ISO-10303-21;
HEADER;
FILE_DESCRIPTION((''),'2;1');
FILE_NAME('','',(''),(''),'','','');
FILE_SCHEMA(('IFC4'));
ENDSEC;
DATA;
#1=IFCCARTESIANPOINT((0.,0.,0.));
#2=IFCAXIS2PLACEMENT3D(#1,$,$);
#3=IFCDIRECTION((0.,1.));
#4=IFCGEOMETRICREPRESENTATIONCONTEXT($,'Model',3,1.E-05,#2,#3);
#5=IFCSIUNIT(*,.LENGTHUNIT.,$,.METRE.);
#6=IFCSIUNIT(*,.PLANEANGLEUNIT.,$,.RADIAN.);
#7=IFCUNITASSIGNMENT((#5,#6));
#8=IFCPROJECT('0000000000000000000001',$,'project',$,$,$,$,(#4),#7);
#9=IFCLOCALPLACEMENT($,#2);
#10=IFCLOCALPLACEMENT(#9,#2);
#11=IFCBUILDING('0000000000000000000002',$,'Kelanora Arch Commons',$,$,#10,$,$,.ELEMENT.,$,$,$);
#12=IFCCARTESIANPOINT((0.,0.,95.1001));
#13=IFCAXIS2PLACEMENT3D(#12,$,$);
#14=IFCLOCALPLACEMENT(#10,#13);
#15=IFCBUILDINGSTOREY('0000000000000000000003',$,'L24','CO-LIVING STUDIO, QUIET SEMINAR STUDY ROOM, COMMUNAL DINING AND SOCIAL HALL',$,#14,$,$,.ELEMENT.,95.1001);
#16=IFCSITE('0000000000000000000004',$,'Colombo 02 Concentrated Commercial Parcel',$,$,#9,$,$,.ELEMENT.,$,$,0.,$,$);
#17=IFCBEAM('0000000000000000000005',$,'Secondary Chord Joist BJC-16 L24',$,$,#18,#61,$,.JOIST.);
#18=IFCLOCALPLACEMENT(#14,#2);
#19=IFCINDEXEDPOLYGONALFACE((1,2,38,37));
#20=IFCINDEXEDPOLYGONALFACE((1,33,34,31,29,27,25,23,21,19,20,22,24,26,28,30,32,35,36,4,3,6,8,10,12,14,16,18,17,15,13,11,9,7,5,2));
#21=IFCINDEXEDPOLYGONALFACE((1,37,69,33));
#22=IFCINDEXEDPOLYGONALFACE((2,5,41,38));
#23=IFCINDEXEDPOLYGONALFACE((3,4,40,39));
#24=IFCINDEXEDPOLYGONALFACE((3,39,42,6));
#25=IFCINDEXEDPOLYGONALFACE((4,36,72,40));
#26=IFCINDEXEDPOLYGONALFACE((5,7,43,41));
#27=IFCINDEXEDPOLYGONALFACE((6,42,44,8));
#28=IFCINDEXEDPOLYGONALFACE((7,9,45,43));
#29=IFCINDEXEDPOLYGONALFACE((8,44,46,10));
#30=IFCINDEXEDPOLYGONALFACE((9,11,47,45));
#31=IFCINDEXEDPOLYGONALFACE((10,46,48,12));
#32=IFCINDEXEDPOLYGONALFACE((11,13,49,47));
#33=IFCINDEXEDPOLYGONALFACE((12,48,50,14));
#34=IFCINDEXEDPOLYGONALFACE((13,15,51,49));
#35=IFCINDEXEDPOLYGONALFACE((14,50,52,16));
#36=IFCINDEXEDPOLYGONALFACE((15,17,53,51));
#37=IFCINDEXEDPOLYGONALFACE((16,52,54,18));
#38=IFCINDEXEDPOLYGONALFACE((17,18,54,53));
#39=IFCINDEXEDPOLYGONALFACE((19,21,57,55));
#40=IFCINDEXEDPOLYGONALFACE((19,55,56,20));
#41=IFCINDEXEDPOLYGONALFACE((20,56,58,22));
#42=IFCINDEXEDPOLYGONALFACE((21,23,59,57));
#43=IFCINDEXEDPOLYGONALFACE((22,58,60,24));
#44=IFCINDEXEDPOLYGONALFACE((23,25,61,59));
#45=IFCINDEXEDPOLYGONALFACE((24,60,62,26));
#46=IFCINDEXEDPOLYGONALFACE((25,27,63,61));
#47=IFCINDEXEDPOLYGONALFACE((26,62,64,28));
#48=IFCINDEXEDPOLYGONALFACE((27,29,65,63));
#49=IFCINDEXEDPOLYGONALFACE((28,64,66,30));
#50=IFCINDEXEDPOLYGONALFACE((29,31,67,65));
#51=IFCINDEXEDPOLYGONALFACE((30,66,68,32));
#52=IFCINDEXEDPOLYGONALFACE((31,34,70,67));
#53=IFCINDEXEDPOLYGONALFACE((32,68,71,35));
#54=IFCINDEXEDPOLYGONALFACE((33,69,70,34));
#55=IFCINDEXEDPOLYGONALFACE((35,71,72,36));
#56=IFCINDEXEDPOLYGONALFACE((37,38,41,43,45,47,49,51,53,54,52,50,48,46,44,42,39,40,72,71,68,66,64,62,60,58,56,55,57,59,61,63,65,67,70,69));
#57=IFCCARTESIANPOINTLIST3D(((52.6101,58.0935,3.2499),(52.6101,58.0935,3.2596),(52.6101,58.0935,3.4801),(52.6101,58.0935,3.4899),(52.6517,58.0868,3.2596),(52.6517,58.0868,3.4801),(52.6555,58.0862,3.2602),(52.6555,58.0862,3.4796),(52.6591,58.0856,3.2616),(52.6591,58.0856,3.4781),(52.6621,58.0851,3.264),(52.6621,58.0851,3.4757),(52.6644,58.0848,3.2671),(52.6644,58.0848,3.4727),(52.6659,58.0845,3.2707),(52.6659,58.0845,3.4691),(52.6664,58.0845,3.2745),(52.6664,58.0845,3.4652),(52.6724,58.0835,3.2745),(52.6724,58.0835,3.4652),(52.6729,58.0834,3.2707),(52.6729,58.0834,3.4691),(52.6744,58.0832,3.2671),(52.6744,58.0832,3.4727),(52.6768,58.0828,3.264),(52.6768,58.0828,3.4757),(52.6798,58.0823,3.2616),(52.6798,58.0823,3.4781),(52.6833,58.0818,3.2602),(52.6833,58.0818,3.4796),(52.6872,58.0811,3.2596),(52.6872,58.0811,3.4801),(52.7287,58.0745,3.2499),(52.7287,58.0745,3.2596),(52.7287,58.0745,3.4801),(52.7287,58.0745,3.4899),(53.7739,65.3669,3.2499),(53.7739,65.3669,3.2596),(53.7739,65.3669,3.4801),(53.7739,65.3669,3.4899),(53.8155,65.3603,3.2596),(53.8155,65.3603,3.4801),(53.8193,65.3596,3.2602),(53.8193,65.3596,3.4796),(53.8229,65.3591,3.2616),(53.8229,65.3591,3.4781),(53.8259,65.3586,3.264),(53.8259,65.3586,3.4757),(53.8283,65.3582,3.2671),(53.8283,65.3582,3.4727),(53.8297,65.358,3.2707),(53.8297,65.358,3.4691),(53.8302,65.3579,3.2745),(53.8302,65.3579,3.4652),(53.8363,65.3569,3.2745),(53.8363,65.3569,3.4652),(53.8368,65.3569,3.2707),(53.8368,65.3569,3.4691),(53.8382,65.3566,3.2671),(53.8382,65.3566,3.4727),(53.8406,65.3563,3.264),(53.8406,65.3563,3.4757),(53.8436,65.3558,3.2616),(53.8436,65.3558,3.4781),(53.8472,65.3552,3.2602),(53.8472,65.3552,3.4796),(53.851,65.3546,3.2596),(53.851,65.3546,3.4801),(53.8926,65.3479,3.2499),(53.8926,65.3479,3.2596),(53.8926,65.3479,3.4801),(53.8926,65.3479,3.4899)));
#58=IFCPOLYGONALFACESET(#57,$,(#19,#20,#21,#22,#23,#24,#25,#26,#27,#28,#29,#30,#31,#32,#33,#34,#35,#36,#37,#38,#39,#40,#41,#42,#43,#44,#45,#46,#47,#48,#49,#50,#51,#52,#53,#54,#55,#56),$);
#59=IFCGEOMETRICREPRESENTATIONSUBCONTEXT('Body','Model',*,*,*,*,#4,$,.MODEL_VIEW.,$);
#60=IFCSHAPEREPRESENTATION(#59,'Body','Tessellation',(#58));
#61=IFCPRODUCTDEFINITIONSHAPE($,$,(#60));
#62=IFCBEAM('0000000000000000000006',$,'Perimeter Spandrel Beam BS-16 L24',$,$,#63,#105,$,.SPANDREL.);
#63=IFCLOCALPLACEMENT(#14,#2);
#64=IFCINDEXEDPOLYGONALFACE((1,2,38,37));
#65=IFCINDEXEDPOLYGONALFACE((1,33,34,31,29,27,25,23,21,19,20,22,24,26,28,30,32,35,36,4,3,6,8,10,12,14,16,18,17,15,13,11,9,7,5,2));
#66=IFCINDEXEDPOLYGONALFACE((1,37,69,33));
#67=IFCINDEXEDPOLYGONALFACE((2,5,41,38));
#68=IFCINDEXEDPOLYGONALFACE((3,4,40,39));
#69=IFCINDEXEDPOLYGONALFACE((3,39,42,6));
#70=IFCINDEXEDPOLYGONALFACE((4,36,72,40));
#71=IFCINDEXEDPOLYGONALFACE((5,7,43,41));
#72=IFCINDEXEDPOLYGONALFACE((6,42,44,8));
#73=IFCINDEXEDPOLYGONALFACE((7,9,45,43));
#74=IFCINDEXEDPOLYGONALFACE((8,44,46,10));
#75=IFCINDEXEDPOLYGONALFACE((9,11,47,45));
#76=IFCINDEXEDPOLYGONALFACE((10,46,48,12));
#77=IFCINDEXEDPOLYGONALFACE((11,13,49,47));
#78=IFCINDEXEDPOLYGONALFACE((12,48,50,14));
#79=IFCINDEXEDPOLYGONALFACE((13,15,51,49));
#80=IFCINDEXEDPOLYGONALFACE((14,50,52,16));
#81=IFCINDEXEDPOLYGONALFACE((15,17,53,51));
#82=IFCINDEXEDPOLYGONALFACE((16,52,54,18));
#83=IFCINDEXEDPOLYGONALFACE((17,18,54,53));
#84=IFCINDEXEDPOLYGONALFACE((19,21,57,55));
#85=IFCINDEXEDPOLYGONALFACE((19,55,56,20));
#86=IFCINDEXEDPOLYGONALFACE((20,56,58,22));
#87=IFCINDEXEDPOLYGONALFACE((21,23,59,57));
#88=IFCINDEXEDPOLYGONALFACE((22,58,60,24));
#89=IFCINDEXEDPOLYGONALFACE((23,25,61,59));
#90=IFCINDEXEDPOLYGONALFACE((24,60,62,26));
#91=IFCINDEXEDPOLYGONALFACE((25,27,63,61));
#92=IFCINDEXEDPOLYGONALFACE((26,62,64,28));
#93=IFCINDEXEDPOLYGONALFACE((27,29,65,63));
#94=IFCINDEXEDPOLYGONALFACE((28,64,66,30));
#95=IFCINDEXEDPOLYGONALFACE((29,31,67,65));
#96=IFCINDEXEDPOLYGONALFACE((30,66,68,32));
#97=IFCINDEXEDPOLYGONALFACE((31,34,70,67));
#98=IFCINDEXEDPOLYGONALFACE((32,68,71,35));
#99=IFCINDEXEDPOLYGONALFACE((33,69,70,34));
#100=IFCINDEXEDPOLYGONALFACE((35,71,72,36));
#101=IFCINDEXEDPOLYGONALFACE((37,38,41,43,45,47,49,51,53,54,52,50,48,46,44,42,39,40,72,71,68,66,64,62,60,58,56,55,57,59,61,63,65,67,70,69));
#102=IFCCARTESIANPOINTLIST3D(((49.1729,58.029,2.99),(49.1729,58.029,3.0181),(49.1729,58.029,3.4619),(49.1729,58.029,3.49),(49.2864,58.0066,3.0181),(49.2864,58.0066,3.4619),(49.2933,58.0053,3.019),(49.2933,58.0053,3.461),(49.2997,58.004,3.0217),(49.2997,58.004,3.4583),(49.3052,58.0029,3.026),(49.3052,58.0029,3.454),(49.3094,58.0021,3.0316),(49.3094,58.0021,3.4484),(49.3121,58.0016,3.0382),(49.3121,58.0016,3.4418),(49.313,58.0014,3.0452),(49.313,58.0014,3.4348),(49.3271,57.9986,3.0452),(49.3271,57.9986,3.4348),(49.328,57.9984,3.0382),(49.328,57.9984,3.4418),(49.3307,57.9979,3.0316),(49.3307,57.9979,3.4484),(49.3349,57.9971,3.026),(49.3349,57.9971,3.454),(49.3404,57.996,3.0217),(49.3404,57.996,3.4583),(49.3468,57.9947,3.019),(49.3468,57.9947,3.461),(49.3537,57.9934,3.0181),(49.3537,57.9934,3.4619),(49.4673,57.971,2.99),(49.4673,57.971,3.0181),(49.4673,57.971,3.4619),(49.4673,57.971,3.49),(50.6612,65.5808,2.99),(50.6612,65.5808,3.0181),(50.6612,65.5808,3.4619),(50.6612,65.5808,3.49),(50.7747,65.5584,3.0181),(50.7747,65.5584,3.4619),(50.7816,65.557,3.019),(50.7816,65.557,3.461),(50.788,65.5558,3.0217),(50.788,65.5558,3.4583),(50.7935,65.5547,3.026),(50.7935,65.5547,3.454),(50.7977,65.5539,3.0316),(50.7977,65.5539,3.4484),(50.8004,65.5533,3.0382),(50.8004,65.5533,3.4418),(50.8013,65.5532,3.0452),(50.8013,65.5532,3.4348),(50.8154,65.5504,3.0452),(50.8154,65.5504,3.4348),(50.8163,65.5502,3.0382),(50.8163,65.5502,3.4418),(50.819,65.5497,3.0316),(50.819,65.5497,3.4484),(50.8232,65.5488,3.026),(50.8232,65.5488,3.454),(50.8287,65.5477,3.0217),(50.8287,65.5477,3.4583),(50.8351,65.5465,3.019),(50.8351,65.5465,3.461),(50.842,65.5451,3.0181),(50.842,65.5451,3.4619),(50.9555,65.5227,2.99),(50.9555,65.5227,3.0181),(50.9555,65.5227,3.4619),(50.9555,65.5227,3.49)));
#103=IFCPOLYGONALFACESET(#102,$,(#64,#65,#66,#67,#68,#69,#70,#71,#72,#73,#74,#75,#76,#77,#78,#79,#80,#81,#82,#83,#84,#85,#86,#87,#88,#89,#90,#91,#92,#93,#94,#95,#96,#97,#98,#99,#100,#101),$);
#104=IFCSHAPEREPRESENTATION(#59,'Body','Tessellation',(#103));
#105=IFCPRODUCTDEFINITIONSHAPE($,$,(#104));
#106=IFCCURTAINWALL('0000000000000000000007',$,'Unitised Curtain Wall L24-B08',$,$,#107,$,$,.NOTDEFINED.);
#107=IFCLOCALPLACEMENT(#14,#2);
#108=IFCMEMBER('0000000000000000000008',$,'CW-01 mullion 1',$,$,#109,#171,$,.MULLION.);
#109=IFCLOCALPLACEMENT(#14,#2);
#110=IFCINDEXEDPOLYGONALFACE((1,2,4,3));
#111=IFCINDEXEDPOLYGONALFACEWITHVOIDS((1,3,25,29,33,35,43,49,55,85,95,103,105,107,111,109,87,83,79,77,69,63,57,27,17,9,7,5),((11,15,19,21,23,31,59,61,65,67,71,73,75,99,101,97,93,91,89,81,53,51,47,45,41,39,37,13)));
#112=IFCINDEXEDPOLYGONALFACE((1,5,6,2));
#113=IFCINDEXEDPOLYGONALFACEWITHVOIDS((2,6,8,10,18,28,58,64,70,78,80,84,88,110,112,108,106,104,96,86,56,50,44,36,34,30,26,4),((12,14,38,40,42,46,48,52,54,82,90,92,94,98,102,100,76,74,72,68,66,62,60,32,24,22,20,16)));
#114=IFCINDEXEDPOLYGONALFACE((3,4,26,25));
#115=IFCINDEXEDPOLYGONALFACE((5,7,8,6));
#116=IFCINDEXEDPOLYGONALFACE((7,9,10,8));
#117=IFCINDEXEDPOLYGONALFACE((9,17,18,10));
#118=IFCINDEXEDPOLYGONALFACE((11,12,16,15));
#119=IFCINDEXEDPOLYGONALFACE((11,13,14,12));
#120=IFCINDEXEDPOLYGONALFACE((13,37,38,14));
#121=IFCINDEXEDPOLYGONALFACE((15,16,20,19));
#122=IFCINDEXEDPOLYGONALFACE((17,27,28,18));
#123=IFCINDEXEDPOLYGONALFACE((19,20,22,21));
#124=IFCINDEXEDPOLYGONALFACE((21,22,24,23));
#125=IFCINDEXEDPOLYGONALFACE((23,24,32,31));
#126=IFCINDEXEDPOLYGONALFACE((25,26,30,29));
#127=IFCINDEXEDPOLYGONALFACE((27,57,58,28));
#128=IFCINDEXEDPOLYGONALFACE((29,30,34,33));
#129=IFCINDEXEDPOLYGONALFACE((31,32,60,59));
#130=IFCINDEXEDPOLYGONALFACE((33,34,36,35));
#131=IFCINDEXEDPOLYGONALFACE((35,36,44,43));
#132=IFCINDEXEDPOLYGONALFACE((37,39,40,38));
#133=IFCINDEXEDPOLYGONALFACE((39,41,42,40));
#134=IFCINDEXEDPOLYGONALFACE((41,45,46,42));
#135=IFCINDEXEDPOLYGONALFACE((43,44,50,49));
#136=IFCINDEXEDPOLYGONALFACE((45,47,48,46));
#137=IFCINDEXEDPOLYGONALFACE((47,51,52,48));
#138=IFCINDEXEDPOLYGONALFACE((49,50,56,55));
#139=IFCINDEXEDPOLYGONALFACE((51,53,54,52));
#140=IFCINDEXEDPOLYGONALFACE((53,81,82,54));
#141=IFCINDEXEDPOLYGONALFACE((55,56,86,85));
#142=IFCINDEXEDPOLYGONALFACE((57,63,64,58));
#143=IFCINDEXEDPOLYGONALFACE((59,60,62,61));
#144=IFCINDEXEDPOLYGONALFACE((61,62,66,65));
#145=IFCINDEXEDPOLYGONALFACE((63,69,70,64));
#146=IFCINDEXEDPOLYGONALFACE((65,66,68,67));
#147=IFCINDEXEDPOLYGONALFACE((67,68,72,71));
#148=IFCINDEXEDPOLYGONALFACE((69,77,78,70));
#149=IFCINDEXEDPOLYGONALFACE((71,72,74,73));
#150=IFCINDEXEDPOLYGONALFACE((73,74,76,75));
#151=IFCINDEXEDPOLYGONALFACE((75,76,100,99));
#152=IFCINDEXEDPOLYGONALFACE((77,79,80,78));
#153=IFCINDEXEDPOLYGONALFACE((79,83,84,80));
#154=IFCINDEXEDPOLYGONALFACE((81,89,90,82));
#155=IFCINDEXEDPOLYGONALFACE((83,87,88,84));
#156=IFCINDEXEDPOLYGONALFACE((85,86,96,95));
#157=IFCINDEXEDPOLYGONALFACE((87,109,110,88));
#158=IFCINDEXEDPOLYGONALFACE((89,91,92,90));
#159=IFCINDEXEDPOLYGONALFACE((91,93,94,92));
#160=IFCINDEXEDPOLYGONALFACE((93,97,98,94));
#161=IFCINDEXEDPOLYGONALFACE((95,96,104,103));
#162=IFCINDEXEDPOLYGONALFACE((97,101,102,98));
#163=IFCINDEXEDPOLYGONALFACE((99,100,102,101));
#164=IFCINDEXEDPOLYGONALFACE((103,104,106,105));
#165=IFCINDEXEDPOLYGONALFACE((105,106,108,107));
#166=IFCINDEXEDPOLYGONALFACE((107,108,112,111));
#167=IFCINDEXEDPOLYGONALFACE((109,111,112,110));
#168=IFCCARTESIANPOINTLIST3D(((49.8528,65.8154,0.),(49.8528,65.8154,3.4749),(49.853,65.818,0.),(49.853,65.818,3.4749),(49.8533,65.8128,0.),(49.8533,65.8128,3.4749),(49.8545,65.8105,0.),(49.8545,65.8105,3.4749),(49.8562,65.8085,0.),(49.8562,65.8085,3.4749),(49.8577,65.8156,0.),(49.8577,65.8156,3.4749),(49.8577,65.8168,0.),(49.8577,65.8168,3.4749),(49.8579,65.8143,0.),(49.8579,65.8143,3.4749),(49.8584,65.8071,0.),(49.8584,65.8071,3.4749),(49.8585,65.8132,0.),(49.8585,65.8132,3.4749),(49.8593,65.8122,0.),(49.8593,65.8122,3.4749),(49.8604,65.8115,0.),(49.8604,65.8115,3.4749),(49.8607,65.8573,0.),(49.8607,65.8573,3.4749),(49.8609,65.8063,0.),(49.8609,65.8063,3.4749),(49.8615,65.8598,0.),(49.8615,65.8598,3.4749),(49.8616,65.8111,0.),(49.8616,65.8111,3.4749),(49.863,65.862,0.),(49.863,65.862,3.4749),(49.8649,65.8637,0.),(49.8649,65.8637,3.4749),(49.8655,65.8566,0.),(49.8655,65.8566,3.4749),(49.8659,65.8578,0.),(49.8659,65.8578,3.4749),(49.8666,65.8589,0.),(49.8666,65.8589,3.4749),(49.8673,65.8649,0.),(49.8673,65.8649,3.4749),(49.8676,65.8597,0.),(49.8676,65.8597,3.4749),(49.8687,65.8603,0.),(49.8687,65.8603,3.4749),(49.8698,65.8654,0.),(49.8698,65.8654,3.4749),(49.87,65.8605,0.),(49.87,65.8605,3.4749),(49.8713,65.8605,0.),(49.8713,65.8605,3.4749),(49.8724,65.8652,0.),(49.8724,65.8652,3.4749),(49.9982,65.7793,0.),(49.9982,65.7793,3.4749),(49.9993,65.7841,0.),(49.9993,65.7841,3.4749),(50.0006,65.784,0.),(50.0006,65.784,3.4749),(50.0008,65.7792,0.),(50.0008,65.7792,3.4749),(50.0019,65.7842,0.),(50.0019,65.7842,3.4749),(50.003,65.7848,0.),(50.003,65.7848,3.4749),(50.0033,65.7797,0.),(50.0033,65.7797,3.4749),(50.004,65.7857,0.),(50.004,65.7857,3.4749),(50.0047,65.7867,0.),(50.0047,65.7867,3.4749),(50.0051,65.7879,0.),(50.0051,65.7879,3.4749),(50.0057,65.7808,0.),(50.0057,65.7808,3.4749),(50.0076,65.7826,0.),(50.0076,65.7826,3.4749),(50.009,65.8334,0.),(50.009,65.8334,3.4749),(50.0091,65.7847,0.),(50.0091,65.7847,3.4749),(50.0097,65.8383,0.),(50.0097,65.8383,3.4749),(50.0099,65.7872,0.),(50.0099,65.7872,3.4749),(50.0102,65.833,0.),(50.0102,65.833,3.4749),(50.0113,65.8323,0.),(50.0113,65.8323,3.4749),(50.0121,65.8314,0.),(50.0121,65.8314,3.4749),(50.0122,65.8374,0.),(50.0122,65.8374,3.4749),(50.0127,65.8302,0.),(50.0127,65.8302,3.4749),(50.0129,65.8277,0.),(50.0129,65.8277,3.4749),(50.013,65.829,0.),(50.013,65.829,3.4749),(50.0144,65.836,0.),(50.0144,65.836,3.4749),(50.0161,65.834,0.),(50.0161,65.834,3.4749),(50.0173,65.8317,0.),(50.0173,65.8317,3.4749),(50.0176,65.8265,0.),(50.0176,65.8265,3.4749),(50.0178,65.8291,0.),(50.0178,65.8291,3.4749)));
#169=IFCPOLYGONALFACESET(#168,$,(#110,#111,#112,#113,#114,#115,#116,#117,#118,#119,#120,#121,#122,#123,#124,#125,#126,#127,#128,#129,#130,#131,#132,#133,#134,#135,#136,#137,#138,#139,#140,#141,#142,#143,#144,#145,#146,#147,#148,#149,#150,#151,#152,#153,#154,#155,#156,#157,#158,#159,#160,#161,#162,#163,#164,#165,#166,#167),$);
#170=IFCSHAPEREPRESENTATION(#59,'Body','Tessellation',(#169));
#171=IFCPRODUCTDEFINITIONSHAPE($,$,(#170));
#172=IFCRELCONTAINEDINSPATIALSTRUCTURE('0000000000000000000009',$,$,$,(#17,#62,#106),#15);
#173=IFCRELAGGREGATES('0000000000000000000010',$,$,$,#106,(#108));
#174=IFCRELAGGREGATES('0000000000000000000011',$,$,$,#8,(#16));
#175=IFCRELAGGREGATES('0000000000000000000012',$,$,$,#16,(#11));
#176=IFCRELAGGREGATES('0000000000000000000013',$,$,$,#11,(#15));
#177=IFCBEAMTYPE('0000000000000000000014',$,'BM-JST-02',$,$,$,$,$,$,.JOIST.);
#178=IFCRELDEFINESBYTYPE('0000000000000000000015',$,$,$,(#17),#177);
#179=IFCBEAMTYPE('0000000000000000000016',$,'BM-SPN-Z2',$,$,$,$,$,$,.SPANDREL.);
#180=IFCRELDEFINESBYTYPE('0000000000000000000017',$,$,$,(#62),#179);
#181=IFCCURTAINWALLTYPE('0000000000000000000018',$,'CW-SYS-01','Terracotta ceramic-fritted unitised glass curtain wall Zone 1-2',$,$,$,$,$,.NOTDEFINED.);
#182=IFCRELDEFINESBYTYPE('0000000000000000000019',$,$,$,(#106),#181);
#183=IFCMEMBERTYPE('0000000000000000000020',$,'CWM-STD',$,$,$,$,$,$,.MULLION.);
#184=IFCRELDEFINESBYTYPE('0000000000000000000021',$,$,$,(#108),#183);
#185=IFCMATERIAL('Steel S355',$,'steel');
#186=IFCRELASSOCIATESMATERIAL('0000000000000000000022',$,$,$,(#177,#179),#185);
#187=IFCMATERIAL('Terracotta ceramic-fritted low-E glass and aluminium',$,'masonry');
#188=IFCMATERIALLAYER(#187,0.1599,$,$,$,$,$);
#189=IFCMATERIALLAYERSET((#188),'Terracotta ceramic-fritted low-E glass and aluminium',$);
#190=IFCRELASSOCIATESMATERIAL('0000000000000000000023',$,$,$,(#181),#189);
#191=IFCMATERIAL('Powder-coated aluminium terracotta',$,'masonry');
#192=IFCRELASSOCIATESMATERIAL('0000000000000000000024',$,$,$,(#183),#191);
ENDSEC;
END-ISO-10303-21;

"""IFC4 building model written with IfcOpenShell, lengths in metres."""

from ifc_helpers import new_model, si_unit, direction, frame, origin, origin_2d, place, context, subcontext, project, spatial, hollow_rectangle, i_section, extrude, material, layer, layer_set, material_profile, profile_set, type_object, element, aggregate, save


model = new_model("IFC4")

# Units and contexts
model_context = context("Model", 3, precision=1e-05, world=origin(), true_north=direction((0.0, 1.0)))
body_context = subcontext(model_context, "Body", "Model", "MODEL_VIEW")
ifc_project = project(units=[si_unit("LENGTHUNIT", "METRE"), si_unit("PLANEANGLEUNIT", "RADIAN")], contexts=[model_context])

# Site, building, storey
site_placement = place(None, origin())
site = spatial("IfcSite", under=ifc_project, at=site_placement, Name="Colombo 02 Concentrated Commercial Parcel", CompositionType="ELEMENT", RefElevation=0.0)
building_placement = place(site_placement, origin())
building = spatial("IfcBuilding", under=site, at=building_placement, Name="Kelanora Arch Commons", CompositionType="ELEMENT")
storey_placement = place(building_placement, frame((0.0, 0.0, 95.1001)))
storey = spatial("IfcBuildingStorey", under=building, at=storey_placement, Name="L24", Description="CO-LIVING STUDIO, QUIET SEMINAR STUDY ROOM, COMMUNAL DINING AND SOCIAL HALL", CompositionType="ELEMENT", Elevation=95.1001)

# Beams
ifc_material_1 = material(Name="Steel S355", Category="steel")
ifc_material_profile_1 = material_profile(ifc_material_1, i_section(OverallWidth=0.1201, OverallDepth=0.24, WebThickness=0.0061, FlangeThickness=0.0098, FilletRadius=0.0149, at=origin_2d()), Name="IPE240")
ifc_profile_set_1 = profile_set([ifc_material_profile_1], Name="Steel S355")
beam_type_1 = type_object("IfcBeamType", Name="BM-JST-02", PredefinedType="JOIST", material=ifc_profile_set_1)
beam_1_placement = place(storey_placement, frame((53.8333, 65.3574, 3.3699), z_axis=(-0.158, -0.987439, 0.0), x_axis=(0.987439, -0.158, 0.0)))
element("IfcBeam", 1, at=beam_1_placement, inside=storey, type_object=beam_type_1, Name="Secondary Chord Joist BJC-16 L24", PredefinedType="JOIST", context=body_context, shape_type="SweptSolid", body=[
    extrude(i_section(OverallWidth=0.1201, OverallDepth=0.24, WebThickness=0.0061, FlangeThickness=0.0098, FilletRadius=0.0149, at=origin_2d()), origin(), (0.0, 0.0, 1.0), 7.366),
])
ifc_material_profile_2 = material_profile(ifc_material_1, i_section(OverallWidth=0.3, OverallDepth=0.5, WebThickness=0.0144, FlangeThickness=0.0281, FilletRadius=0.0271, at=origin_2d()), Name="HEB500")
ifc_profile_set_2 = profile_set([ifc_material_profile_2], Name="Steel S355")
beam_type_2 = type_object("IfcBeamType", Name="BM-SPN-Z2", PredefinedType="SPANDREL", material=ifc_profile_set_2)
beam_2_placement = place(storey_placement, frame((50.8083, 65.5518, 3.24), z_axis=(-0.193358, -0.981128, 0.0), x_axis=(0.981128, -0.193358, 0.0)))
element("IfcBeam", 2, at=beam_2_placement, inside=storey, type_object=beam_type_2, Name="Perimeter Spandrel Beam BS-16 L24", PredefinedType="SPANDREL", context=body_context, shape_type="SweptSolid", body=[
    extrude(i_section(OverallWidth=0.3, OverallDepth=0.5, WebThickness=0.0144, FlangeThickness=0.0281, FilletRadius=0.0271, at=origin_2d()), origin(), (0.0, 0.0, 1.0), 7.697),
])

# Curtain wall, member
ifc_material_2 = material(Name="Terracotta ceramic-fritted low-E glass and aluminium", Category="masonry")
ifc_layer_1 = layer(ifc_material_2, 0.1599)
ifc_layer_set_1 = layer_set([ifc_layer_1], Name="Terracotta ceramic-fritted low-E glass and aluminium")
curtain_wall_type = type_object("IfcCurtainWallType", Name="CW-SYS-01", Description="Terracotta ceramic-fritted unitised glass curtain wall Zone 1-2", PredefinedType="NOTDEFINED", material=ifc_layer_set_1)
curtain_wall_placement = place(storey_placement, origin())
curtain_wall = element("IfcCurtainWall", 3, at=curtain_wall_placement, inside=storey, type_object=curtain_wall_type, Name="Unitised Curtain Wall L24-B08", PredefinedType="NOTDEFINED")
ifc_material_3 = material(Name="Powder-coated aluminium terracotta", Category="masonry")
ifc_material_profile_3 = material_profile(ifc_material_3, hollow_rectangle(XDim=0.1599, YDim=0.0601, WallThickness=0.0049, InnerFilletRadius=0.0049, OuterFilletRadius=0.01, at=origin_2d()), Name="CWM160x60")
ifc_profile_set_3 = profile_set([ifc_material_profile_3], Name="Powder-coated aluminium terracotta")
member_type_1 = type_object("IfcMemberType", Name="CWM-STD", PredefinedType="MULLION", material=ifc_profile_set_3)
member_1_placement = place(storey_placement, frame((49.9353, 65.8223, 0.0), z_axis=(0.0, 0.0, 1.0), x_axis=(0.98128, -0.192585, 0.0)))
member_1 = element("IfcMember", 4, at=member_1_placement, type_object=member_type_1, Name="CW-01 mullion 1", PredefinedType="MULLION", context=body_context, shape_type="SweptSolid", body=[
    extrude(hollow_rectangle(XDim=0.1599, YDim=0.0601, WallThickness=0.0049, InnerFilletRadius=0.0049, OuterFilletRadius=0.01, at=origin_2d()), origin(), (0.0, 0.0, 1.0), 3.4749),
])
aggregate(curtain_wall, [member_1])

save(model, "model.ifc")
